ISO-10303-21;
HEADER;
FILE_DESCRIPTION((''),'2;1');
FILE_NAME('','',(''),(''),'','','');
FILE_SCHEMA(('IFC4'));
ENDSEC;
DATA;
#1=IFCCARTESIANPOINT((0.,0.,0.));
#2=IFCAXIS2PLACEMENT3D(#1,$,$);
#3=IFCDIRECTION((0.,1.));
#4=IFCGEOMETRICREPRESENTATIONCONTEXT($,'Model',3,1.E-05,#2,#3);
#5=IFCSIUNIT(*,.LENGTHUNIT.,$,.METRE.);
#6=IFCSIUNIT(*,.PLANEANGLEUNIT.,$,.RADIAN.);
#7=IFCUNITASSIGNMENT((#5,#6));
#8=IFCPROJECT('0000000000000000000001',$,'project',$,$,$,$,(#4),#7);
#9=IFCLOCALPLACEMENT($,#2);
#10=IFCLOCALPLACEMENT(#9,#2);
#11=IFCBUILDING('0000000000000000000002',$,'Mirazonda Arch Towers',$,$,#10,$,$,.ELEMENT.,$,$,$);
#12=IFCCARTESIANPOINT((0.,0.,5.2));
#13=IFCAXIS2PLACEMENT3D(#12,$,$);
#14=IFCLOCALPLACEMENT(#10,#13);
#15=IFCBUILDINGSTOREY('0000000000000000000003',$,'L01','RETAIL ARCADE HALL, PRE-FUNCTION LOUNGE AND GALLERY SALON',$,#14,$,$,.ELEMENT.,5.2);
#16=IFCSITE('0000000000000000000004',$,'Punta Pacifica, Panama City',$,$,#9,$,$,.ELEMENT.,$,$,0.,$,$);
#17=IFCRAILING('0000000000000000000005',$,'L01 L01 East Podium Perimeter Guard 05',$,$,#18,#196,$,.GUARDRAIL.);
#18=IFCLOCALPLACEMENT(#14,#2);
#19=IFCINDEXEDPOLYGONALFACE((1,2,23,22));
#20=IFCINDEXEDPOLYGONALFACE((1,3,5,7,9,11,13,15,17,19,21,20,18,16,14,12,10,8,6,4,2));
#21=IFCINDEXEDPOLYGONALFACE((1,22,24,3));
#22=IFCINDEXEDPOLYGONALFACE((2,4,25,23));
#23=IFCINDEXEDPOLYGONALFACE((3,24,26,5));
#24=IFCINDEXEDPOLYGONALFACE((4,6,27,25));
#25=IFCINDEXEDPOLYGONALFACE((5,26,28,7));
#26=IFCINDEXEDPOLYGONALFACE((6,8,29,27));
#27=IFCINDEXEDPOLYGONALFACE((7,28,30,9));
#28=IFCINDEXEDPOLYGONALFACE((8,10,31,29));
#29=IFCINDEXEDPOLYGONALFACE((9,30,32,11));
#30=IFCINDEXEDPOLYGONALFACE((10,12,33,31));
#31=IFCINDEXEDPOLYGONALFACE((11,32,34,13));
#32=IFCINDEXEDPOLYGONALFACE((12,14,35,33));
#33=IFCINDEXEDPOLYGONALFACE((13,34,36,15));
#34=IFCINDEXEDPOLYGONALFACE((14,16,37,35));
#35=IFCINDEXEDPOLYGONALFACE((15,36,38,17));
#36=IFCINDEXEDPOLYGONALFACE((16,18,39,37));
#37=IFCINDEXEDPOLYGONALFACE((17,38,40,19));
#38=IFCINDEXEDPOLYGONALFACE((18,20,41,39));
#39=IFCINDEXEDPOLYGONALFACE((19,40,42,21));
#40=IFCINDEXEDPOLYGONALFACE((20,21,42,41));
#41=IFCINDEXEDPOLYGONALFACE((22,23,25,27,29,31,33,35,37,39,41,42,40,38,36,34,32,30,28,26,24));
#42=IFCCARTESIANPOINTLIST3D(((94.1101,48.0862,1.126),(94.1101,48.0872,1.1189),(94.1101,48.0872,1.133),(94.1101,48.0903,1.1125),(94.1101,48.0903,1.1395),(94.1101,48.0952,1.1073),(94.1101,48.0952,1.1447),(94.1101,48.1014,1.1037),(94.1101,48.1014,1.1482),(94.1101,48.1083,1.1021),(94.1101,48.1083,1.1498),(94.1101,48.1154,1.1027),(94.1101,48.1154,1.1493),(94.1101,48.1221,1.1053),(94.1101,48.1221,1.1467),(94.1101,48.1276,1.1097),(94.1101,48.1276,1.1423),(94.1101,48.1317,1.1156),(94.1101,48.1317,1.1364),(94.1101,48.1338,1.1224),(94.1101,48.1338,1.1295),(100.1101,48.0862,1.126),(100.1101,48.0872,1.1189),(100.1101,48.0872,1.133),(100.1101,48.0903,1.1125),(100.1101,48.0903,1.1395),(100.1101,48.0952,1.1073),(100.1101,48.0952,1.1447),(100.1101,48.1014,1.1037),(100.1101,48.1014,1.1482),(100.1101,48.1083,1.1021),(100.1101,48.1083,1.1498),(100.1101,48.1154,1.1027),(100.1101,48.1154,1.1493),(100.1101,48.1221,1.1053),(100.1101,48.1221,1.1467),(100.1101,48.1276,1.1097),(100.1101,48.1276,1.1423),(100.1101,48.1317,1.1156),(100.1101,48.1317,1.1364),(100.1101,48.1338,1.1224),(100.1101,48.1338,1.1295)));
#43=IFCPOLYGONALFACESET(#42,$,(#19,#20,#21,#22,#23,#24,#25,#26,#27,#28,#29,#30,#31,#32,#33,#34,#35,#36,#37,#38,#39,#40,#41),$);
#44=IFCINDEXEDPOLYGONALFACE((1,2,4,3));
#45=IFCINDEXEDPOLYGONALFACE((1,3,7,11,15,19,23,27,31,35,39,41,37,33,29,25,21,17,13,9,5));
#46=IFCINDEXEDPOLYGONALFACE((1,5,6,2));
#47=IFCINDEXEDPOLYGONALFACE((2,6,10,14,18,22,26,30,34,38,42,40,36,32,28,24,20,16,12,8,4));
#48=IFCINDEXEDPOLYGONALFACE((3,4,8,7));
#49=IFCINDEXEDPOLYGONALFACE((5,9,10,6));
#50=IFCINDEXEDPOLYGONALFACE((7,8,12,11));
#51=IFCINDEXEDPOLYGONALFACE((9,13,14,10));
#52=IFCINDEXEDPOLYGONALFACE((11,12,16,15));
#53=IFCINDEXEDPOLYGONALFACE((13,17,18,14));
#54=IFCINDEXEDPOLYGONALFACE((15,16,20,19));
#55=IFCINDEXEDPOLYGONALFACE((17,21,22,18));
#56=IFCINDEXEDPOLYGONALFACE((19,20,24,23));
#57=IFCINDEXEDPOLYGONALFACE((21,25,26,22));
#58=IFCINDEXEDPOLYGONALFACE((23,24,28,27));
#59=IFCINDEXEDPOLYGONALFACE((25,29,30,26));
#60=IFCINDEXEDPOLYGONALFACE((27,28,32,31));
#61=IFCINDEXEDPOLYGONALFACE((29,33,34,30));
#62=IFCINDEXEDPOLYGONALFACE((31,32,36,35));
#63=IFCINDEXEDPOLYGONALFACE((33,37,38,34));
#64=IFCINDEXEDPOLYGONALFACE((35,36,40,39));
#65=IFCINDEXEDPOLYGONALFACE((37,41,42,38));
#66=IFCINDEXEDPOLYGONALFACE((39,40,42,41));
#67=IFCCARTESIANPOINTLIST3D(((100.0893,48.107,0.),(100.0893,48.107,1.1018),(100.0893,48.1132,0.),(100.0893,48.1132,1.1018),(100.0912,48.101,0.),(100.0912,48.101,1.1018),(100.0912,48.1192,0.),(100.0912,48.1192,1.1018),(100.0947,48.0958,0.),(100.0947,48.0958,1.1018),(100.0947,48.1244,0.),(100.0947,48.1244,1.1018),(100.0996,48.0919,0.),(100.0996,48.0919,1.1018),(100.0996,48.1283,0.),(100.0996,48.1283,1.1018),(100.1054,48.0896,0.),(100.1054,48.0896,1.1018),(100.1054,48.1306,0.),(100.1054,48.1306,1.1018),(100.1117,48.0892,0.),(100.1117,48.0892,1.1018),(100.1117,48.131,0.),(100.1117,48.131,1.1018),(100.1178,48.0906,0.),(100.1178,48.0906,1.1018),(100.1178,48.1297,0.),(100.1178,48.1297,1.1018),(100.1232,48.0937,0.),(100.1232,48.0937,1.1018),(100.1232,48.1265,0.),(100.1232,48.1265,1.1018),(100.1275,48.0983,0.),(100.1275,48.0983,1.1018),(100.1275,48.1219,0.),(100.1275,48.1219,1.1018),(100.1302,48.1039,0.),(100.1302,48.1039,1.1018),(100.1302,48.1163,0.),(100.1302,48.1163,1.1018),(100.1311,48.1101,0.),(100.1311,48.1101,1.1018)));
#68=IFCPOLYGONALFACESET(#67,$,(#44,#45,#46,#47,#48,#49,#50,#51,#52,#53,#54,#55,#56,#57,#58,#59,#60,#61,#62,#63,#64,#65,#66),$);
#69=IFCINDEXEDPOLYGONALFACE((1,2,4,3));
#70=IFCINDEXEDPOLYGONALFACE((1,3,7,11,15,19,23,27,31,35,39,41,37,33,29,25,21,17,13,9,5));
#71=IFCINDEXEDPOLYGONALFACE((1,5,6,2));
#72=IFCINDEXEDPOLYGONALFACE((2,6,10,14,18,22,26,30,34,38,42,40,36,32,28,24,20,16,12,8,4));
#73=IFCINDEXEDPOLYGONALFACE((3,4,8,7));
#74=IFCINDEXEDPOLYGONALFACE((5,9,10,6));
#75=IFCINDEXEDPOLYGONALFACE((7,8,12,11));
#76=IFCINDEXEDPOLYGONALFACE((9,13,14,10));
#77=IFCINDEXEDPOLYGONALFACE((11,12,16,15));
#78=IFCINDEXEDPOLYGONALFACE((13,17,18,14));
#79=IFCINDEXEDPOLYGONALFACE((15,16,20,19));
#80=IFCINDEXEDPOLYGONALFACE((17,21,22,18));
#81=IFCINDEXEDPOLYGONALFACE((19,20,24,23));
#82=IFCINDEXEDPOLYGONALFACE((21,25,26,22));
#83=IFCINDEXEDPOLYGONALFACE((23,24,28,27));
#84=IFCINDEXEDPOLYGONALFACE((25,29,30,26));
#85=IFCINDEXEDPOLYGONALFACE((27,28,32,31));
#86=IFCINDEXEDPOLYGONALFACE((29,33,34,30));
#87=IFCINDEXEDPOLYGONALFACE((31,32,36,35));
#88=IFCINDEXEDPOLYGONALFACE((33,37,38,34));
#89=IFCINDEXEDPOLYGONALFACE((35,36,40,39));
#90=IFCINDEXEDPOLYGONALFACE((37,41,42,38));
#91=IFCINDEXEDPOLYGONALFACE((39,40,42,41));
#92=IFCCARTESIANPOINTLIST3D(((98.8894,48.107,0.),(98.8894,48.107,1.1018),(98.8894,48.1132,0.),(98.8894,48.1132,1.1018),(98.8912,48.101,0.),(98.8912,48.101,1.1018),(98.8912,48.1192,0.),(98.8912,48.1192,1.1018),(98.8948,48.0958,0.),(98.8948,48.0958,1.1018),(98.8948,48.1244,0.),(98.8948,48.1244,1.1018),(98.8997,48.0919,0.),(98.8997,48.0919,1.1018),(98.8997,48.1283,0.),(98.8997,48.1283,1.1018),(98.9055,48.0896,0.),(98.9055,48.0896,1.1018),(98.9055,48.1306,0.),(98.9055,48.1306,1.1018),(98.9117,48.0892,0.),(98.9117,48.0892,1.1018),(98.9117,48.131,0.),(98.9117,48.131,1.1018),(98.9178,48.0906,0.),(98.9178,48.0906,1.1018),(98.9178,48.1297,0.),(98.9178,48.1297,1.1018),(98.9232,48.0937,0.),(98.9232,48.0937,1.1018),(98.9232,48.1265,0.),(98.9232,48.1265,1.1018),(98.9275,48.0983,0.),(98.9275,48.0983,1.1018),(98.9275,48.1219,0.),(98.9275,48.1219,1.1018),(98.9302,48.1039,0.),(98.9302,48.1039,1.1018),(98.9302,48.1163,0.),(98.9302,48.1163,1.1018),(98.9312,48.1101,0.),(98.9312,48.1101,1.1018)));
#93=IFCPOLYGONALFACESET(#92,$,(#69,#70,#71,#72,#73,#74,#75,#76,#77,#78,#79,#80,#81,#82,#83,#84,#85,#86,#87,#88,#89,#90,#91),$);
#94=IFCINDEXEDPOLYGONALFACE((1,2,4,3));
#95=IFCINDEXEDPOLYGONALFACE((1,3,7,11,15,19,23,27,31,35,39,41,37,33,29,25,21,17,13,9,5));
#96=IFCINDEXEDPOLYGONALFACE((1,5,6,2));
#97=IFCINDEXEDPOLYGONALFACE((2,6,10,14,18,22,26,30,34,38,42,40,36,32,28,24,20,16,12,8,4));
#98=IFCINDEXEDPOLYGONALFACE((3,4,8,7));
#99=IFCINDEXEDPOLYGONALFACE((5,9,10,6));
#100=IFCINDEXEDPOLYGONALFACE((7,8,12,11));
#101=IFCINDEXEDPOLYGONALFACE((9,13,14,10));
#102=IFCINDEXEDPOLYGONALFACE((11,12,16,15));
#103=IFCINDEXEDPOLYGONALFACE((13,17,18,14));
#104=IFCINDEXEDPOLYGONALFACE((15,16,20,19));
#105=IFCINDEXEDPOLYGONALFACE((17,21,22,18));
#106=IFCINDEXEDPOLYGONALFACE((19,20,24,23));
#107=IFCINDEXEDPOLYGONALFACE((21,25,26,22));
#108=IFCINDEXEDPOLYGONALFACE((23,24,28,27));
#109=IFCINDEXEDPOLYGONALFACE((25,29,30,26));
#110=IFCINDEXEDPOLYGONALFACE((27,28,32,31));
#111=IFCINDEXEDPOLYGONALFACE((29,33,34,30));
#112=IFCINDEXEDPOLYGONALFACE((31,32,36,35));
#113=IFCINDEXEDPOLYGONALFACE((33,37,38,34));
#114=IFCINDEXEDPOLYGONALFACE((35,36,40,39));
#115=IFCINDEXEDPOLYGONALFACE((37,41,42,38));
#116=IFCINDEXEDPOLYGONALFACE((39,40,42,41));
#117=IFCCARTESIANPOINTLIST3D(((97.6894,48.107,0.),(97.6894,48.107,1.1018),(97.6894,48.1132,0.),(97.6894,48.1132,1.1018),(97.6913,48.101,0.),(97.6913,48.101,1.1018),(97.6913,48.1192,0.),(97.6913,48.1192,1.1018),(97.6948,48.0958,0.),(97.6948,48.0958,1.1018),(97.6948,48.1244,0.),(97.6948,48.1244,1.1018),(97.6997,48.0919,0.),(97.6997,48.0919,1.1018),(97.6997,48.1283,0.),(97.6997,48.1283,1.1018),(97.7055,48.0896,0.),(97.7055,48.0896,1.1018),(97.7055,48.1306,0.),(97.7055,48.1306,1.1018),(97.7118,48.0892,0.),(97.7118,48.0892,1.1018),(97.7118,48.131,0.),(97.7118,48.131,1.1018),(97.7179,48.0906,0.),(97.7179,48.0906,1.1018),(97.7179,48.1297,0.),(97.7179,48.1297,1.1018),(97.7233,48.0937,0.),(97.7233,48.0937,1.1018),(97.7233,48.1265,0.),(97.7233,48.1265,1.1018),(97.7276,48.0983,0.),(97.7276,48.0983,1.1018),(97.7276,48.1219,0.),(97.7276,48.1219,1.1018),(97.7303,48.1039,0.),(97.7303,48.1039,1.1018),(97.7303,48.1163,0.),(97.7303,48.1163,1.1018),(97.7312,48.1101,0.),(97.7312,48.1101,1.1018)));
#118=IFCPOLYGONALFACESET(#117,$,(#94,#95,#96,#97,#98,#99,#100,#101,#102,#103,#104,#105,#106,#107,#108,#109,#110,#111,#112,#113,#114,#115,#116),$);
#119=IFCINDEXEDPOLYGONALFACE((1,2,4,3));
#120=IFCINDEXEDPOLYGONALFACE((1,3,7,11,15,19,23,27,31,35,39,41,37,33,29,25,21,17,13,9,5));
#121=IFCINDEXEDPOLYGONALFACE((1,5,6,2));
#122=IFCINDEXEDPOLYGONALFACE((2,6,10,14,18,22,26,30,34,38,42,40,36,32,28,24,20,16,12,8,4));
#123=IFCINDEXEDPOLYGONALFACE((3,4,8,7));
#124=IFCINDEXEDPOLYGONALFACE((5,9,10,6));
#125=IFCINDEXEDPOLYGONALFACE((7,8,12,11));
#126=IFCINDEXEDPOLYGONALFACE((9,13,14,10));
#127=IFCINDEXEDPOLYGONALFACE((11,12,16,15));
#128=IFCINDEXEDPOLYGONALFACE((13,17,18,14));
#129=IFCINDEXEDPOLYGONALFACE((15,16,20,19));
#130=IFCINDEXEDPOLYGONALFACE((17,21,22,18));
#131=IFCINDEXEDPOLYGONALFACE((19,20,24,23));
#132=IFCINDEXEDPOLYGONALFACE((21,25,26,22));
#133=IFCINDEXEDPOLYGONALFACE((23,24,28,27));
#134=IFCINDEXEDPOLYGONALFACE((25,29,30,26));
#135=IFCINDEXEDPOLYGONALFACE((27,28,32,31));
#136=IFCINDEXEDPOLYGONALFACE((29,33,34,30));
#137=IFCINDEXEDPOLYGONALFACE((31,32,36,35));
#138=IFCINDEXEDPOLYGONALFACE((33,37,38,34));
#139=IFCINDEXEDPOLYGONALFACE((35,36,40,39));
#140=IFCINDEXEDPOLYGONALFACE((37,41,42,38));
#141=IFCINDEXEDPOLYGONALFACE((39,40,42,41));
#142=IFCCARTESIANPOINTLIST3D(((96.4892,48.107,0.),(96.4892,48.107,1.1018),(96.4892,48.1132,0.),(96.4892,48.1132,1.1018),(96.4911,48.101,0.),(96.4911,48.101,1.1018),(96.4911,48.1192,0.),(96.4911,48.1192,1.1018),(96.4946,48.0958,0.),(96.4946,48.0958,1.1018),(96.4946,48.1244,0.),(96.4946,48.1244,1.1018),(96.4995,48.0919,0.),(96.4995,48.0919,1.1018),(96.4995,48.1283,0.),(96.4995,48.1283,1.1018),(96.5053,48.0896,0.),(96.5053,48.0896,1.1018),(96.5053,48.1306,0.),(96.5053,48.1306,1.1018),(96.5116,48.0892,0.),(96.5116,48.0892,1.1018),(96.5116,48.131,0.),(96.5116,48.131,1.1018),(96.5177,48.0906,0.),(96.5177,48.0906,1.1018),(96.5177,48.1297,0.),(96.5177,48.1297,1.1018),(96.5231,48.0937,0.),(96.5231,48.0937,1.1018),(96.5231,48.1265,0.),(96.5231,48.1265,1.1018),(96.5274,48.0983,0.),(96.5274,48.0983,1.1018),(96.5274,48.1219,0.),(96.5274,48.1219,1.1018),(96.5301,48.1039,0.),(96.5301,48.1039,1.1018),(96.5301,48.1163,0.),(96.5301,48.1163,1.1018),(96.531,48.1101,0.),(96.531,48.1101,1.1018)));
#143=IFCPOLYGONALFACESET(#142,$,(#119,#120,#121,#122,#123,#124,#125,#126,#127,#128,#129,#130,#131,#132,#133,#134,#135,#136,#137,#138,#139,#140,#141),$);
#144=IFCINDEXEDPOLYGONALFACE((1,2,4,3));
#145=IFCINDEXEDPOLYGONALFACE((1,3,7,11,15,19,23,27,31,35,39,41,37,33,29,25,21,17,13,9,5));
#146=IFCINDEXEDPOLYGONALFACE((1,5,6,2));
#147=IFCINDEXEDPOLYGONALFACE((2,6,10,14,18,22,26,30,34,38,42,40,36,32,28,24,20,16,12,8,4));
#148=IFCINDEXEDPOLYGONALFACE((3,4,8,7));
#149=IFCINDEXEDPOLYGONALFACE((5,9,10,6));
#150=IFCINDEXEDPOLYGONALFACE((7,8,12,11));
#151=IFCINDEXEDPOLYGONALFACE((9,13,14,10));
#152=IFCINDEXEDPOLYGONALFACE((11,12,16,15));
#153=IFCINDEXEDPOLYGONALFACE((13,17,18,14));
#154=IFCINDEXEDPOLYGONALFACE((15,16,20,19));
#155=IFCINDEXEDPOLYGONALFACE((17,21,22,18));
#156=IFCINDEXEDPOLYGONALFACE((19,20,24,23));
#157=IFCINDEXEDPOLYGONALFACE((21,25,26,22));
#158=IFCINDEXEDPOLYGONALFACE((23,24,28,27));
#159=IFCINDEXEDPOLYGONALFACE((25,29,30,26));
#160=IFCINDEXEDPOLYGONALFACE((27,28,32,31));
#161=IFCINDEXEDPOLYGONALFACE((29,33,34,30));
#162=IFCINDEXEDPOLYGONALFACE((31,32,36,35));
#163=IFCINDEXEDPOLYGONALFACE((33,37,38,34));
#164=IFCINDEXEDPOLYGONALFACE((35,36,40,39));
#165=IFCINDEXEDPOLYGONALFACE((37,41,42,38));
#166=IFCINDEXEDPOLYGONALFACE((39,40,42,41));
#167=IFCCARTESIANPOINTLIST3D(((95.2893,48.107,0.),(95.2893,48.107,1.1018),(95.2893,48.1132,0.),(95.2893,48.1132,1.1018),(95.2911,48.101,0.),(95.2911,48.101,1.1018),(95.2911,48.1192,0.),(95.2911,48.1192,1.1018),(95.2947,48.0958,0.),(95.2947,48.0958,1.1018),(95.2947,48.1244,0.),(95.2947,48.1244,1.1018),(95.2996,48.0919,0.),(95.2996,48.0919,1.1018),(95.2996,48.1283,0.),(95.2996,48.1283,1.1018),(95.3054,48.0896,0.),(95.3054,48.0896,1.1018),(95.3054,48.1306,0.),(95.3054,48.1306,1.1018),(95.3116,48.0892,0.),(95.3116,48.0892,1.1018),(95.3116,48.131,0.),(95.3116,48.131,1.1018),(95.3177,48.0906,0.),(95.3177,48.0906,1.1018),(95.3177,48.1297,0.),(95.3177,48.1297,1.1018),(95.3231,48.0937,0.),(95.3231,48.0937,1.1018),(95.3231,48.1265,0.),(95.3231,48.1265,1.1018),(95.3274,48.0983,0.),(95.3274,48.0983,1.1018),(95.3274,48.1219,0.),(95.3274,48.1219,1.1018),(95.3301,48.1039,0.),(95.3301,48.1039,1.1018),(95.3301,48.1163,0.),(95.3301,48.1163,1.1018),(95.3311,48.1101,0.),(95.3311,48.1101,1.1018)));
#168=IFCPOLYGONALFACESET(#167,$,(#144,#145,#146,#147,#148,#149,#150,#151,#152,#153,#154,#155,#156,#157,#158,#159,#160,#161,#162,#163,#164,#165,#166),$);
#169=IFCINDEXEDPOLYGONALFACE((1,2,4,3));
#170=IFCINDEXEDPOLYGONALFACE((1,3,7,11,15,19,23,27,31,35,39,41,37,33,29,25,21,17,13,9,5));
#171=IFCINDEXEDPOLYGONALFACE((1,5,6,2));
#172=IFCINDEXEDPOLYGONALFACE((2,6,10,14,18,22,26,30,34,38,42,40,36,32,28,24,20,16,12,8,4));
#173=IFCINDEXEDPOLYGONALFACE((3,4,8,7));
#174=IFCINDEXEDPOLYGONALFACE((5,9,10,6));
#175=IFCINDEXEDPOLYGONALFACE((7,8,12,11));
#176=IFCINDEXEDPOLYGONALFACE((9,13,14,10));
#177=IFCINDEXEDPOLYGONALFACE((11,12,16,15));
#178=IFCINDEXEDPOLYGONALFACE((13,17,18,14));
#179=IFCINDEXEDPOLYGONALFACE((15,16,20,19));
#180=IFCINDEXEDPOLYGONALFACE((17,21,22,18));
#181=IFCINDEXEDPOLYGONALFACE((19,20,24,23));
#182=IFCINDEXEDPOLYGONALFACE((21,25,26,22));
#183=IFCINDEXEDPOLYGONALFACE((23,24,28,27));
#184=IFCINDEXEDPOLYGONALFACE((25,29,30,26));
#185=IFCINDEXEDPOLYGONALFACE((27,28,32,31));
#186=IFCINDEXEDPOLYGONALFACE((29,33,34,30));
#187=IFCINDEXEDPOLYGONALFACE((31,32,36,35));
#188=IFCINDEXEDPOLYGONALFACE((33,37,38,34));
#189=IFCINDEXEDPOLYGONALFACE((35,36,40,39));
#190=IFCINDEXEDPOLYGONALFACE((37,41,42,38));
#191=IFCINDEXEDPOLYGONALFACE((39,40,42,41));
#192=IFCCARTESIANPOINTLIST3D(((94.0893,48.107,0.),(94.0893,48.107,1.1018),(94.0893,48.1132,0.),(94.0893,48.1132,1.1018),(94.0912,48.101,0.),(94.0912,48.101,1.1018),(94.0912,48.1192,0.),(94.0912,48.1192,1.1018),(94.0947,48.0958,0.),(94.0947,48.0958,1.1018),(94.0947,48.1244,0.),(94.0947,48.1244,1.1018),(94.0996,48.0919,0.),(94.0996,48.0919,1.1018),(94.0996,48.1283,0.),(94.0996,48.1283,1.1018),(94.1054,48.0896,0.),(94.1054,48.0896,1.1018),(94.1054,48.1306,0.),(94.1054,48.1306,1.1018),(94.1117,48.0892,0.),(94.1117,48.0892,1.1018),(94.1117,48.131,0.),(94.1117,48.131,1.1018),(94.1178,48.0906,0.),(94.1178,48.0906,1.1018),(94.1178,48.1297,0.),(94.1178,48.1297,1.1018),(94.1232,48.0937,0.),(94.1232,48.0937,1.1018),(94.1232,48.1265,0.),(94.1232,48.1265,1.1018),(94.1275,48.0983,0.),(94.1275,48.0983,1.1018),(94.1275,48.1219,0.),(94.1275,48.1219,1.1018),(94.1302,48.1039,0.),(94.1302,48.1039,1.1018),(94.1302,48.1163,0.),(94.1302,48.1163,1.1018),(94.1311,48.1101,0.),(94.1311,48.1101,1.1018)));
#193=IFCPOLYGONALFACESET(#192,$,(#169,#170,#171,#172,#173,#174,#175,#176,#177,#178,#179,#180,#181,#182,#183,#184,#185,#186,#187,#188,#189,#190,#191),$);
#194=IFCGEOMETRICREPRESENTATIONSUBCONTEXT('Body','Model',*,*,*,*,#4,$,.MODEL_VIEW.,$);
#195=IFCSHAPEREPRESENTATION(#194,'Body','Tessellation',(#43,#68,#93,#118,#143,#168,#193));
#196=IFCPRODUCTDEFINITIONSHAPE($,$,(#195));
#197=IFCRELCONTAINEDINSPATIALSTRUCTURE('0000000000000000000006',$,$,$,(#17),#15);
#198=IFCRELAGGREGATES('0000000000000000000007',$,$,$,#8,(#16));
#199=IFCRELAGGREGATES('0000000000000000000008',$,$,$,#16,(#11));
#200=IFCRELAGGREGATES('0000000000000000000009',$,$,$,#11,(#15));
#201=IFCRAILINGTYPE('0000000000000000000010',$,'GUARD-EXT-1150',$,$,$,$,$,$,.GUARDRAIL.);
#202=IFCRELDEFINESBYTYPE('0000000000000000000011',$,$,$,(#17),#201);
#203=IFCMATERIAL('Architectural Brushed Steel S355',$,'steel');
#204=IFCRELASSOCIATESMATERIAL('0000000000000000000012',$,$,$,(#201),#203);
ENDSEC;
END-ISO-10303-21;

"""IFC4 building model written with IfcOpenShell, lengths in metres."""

from ifc_helpers import new_model, si_unit, direction, frame, origin, origin_2d, place, context, subcontext, project, spatial, circle, extrude, material, type_object, element, save


model = new_model("IFC4")

# Units and contexts
model_context = context("Model", 3, precision=1e-05, world=origin(), true_north=direction((0.0, 1.0)))
body_context = subcontext(model_context, "Body", "Model", "MODEL_VIEW")
ifc_project = project(units=[si_unit("LENGTHUNIT", "METRE"), si_unit("PLANEANGLEUNIT", "RADIAN")], contexts=[model_context])

# Site, building, storey
site_placement = place(None, origin())
site = spatial("IfcSite", under=ifc_project, at=site_placement, Name="Punta Pacifica, Panama City", CompositionType="ELEMENT", RefElevation=0.0)
building_placement = place(site_placement, origin())
building = spatial("IfcBuilding", under=site, at=building_placement, Name="Mirazonda Arch Towers", CompositionType="ELEMENT")
storey_placement = place(building_placement, frame((0.0, 0.0, 5.2)))
storey = spatial("IfcBuildingStorey", under=building, at=storey_placement, Name="L01", Description="RETAIL ARCADE HALL, PRE-FUNCTION LOUNGE AND GALLERY SALON", CompositionType="ELEMENT", Elevation=5.2)

# Shared definitions
ifc_material_1 = material(Name="Architectural Brushed Steel S355", Category="steel")

# Railing
railing_type = type_object("IfcRailingType", Name="GUARD-EXT-1150", PredefinedType="GUARDRAIL", material=ifc_material_1)
railing_1_placement = place(storey_placement, frame((100.1101, 48.1101, 0.0)))
element("IfcRailing", 1, at=railing_1_placement, inside=storey, type_object=railing_type, Name="L01 L01 East Podium Perimeter Guard 05", PredefinedType="GUARDRAIL", context=body_context, shape_type="SweptSolid", body=[
    extrude(circle(Radius=0.0239, at=origin_2d()), frame((0.0, 0.0, 1.126), z_axis=(-1.0, 0.0, 0.0), x_axis=(0.0, -1.0, 0.0)), (0.0, 0.0, 1.0), 6.0),
    extrude(circle(Radius=0.021, at=origin_2d()), origin(), (0.0, 0.0, 1.0), 1.1018),
    extrude(circle(Radius=0.021, at=origin_2d()), frame((-1.2, 0.0, 0.0)), (0.0, 0.0, 1.0), 1.1018),
    extrude(circle(Radius=0.021, at=origin_2d()), frame((-2.3999, 0.0, 0.0)), (0.0, 0.0, 1.0), 1.1018),
    extrude(circle(Radius=0.021, at=origin_2d()), frame((-3.6001, 0.0, 0.0)), (0.0, 0.0, 1.0), 1.1018),
    extrude(circle(Radius=0.021, at=origin_2d()), frame((-4.8, 0.0, 0.0)), (0.0, 0.0, 1.0), 1.1018),
    extrude(circle(Radius=0.021, at=origin_2d()), frame((-6.0, 0.0, 0.0)), (0.0, 0.0, 1.0), 1.1018),
])

save(model, "model.ifc")
